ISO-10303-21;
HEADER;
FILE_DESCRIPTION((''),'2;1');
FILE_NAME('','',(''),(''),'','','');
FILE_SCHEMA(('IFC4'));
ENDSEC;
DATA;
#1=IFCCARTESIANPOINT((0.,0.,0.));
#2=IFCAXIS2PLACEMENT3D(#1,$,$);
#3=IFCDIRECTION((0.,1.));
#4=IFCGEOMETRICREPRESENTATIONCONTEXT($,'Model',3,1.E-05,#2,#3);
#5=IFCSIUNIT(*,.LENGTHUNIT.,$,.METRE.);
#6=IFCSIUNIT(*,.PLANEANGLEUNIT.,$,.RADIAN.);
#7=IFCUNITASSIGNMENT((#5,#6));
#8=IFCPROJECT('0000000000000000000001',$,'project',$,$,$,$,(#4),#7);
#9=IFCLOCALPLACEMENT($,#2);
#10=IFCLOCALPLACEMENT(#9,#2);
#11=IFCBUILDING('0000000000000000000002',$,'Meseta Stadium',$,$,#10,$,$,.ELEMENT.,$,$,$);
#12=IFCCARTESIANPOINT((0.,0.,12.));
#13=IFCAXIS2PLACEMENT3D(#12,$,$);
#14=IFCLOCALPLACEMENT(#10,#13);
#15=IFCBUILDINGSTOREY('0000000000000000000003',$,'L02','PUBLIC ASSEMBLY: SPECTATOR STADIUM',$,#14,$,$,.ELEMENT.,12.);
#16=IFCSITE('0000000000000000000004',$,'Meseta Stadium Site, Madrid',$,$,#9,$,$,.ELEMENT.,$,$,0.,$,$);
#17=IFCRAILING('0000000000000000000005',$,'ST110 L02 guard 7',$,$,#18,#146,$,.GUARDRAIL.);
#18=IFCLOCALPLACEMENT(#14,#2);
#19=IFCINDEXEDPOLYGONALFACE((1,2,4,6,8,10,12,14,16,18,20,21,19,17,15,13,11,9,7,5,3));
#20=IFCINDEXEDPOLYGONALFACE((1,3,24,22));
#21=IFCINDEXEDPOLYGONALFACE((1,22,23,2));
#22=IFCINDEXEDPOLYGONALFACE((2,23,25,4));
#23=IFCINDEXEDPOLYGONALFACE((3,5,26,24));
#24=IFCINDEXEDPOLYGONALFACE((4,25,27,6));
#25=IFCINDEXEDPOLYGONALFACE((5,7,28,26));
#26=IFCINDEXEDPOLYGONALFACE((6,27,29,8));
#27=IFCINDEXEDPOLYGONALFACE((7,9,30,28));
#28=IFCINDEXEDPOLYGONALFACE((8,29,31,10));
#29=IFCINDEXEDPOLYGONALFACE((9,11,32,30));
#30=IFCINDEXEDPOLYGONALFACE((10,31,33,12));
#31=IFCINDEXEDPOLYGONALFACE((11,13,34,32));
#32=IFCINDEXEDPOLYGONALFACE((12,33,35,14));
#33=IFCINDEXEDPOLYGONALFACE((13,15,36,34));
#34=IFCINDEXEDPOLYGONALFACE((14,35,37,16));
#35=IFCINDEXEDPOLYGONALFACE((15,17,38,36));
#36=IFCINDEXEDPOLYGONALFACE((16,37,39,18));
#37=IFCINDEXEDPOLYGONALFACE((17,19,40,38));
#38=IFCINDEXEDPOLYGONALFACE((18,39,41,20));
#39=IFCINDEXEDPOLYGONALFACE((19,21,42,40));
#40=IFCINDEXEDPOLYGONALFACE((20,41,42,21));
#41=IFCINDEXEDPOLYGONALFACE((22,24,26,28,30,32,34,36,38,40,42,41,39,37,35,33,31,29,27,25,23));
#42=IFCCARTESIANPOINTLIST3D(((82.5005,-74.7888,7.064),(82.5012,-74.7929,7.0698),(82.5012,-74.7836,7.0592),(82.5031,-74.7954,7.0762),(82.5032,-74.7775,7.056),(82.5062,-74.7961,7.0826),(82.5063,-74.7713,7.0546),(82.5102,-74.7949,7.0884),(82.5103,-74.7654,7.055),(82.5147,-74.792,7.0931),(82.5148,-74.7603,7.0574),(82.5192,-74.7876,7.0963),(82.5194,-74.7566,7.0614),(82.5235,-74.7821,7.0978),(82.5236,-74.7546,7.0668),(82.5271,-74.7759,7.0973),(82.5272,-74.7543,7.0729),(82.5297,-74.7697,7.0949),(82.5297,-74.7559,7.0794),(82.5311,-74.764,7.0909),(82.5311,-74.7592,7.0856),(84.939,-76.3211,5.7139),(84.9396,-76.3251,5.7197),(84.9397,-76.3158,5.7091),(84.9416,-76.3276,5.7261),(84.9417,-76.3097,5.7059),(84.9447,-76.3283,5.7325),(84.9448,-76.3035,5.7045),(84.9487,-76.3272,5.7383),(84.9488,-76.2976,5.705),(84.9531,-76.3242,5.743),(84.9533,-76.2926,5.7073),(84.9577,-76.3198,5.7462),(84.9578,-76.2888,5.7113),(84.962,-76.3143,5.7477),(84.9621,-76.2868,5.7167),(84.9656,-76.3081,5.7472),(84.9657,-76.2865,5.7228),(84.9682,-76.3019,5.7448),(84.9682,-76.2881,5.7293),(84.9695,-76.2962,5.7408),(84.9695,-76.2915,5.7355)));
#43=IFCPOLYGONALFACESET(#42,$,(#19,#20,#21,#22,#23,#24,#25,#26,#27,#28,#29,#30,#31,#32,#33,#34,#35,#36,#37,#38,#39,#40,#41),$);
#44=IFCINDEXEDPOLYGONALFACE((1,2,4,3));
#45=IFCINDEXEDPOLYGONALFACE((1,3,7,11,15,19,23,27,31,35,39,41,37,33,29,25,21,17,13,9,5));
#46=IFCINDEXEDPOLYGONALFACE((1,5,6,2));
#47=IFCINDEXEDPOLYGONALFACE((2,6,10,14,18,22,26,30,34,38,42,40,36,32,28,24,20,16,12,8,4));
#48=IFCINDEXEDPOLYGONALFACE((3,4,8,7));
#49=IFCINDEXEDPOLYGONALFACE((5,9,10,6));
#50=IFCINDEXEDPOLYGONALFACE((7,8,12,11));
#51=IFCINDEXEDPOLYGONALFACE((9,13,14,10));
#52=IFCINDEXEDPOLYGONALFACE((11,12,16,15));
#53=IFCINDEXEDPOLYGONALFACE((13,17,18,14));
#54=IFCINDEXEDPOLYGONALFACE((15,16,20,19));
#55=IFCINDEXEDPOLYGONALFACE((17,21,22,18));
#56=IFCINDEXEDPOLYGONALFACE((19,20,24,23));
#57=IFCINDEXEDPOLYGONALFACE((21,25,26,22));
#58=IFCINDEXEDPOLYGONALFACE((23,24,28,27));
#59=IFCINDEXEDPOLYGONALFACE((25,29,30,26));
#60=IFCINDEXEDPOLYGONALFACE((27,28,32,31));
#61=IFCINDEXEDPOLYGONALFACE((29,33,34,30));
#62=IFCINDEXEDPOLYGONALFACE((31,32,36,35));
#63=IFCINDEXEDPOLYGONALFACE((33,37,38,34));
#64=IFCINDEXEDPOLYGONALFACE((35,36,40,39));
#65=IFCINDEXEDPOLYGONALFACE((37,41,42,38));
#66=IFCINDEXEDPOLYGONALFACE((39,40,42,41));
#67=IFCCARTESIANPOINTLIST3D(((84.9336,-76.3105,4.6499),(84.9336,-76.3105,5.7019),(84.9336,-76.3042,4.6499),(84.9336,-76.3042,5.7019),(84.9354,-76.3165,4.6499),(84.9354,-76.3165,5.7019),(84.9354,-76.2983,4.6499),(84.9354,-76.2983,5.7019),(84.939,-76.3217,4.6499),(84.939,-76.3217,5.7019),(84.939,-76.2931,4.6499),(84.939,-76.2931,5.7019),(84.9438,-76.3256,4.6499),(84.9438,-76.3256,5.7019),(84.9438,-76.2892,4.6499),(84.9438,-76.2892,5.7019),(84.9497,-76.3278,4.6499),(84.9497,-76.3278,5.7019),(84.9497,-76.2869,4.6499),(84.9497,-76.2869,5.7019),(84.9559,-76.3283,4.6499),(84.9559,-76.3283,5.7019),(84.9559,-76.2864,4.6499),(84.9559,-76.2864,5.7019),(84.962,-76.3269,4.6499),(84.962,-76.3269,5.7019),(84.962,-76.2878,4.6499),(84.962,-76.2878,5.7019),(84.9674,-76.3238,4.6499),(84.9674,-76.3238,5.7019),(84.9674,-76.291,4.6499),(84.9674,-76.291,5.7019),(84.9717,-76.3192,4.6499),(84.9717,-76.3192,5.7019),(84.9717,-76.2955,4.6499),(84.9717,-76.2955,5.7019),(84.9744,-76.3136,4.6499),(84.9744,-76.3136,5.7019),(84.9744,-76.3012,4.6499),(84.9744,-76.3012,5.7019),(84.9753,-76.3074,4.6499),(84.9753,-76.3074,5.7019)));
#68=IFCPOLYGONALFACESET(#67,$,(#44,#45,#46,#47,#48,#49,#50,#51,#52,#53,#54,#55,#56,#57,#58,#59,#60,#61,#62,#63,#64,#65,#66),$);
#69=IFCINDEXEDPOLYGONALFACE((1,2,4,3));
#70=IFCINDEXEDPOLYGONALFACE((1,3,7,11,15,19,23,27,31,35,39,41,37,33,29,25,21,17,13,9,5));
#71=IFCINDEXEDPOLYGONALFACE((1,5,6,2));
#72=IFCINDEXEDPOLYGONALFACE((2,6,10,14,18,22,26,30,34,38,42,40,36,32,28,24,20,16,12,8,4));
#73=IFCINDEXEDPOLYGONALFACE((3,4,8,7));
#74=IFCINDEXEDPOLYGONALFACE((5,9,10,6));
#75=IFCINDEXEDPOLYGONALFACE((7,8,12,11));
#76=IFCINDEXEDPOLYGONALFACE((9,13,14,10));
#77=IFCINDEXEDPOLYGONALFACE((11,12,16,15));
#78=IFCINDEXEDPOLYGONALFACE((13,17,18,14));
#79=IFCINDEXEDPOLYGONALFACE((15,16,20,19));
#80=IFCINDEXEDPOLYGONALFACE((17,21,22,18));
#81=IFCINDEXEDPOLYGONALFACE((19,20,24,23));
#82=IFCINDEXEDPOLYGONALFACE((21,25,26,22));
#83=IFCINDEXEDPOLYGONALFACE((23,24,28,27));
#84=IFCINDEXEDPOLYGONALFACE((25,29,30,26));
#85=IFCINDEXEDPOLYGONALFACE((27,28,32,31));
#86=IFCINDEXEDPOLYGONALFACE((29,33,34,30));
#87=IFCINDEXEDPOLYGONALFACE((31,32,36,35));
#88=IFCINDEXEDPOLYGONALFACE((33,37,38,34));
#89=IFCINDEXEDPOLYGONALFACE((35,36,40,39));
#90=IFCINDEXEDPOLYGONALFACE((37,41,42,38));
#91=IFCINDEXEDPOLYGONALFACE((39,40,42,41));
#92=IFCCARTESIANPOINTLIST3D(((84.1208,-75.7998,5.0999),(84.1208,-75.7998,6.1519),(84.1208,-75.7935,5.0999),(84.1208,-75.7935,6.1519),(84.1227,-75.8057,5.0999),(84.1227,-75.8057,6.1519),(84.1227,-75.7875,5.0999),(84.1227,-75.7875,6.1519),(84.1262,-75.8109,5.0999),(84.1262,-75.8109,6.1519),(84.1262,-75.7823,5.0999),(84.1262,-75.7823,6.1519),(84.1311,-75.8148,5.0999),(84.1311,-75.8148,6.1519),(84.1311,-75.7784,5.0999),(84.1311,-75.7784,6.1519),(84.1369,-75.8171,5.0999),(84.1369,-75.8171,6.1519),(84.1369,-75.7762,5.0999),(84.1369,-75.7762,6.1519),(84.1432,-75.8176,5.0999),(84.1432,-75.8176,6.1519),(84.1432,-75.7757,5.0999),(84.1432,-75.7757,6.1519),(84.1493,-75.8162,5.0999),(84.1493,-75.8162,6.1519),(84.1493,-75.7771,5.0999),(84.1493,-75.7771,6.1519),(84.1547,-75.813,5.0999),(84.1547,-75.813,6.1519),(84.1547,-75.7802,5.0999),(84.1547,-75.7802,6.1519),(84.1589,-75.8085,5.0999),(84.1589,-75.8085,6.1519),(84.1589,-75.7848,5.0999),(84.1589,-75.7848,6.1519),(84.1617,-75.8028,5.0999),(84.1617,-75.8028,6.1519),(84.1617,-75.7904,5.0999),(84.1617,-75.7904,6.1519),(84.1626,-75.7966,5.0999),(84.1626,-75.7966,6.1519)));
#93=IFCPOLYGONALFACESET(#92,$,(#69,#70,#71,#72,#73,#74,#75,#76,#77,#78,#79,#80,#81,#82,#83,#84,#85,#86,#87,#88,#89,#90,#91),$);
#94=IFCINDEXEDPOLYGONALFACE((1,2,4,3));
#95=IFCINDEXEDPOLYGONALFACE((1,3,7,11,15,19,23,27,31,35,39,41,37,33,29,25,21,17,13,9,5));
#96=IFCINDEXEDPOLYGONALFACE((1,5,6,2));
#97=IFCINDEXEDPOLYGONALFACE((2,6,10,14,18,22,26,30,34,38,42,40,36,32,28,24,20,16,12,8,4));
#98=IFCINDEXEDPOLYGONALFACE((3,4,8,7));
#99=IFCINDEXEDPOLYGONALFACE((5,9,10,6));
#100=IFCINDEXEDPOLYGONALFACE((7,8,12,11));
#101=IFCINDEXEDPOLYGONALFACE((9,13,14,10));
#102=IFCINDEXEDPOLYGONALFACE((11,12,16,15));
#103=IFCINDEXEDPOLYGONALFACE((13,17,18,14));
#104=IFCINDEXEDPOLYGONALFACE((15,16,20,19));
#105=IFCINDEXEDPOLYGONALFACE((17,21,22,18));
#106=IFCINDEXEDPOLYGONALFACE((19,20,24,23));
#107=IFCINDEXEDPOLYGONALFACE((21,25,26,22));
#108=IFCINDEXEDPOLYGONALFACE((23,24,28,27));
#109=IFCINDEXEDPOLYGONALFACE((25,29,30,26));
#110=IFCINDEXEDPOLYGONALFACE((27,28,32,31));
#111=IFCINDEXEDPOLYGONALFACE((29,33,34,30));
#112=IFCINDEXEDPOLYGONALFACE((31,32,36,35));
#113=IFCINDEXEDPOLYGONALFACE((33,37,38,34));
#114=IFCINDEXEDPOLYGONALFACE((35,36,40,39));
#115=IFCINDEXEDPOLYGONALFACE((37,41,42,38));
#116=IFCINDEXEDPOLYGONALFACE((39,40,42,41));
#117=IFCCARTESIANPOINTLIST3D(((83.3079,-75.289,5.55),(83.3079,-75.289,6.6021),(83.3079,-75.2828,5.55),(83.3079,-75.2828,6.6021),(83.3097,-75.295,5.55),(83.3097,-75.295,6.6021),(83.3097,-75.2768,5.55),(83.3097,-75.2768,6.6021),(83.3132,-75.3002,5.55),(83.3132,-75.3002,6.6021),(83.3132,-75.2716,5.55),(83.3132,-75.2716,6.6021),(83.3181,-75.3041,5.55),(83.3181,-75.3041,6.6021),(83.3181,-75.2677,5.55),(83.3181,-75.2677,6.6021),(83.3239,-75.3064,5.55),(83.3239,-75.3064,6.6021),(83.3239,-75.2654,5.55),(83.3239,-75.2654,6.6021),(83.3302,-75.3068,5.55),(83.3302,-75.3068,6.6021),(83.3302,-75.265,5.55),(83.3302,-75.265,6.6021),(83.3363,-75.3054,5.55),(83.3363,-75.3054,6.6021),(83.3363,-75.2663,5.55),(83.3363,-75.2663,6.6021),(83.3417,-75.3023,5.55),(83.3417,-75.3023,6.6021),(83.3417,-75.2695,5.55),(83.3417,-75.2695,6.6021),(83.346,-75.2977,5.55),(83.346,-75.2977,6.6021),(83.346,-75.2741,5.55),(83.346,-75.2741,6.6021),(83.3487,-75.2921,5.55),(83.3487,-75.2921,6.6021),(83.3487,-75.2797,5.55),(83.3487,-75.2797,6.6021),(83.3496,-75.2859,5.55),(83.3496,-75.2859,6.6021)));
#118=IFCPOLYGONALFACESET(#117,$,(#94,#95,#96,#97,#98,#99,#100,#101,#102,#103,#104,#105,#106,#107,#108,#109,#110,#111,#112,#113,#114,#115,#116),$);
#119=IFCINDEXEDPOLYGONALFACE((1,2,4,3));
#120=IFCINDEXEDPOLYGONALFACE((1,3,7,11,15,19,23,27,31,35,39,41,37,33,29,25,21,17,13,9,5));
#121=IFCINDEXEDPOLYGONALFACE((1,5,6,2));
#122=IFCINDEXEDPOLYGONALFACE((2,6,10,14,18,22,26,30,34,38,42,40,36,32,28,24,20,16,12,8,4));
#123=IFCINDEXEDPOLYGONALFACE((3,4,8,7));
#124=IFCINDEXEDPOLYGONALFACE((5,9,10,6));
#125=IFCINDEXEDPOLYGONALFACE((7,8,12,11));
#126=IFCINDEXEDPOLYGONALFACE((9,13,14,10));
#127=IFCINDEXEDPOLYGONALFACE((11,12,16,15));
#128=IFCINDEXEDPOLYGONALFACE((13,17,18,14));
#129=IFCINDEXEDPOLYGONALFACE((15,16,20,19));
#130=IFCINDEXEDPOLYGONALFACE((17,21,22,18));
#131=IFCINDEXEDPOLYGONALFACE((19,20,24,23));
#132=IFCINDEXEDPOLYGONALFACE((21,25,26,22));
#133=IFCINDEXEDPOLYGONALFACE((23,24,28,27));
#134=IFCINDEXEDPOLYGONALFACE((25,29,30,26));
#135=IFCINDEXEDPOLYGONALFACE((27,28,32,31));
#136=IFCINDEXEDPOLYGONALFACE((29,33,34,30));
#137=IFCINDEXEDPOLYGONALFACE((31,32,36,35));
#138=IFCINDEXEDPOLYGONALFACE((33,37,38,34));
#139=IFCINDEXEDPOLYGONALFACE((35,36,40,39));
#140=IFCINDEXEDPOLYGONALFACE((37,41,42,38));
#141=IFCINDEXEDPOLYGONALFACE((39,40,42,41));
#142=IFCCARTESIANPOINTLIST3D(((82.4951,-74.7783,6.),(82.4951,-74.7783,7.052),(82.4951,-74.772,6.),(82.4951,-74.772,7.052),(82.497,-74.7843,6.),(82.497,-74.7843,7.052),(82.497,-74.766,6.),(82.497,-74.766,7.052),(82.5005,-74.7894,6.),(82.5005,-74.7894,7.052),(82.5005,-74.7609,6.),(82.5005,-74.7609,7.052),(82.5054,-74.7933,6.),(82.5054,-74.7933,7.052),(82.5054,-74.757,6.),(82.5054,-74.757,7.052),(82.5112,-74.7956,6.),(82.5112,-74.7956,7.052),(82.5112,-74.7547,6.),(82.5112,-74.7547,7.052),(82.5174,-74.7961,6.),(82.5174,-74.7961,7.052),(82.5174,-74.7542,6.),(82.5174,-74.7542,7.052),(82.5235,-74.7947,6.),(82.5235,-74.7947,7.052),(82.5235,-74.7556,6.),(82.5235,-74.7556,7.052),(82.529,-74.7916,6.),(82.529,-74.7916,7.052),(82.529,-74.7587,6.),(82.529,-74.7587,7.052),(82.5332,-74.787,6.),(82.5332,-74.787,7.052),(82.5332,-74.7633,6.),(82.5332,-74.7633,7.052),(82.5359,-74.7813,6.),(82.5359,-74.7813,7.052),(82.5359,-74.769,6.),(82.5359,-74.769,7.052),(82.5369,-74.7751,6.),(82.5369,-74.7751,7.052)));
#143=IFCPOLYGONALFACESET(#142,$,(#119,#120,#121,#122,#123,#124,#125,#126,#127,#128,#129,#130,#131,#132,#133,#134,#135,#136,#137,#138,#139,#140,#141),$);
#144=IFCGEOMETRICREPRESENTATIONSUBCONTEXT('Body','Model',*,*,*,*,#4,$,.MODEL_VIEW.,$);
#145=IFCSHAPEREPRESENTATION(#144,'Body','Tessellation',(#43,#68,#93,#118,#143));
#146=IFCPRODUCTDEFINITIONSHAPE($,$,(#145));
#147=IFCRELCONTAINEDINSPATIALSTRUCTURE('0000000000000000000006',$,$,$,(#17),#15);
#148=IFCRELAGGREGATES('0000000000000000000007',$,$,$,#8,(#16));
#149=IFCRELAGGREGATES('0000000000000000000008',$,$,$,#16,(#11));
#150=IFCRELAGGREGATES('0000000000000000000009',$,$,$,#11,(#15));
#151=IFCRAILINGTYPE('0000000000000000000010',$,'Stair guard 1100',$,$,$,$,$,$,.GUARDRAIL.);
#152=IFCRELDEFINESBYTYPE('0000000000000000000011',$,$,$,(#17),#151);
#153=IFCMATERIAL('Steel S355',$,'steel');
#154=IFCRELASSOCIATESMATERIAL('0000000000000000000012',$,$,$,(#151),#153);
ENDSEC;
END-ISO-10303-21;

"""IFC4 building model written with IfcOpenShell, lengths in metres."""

from ifc_helpers import new_model, si_unit, direction, frame, origin, origin_2d, place, context, subcontext, project, spatial, circle, extrude, material, type_object, element, save


model = new_model("IFC4")

# Units and contexts
model_context = context("Model", 3, precision=1e-05, world=origin(), true_north=direction((0.0, 1.0)))
body_context = subcontext(model_context, "Body", "Model", "MODEL_VIEW")
ifc_project = project(units=[si_unit("LENGTHUNIT", "METRE"), si_unit("PLANEANGLEUNIT", "RADIAN")], contexts=[model_context])

# Site, building, storey
site_placement = place(None, origin())
site = spatial("IfcSite", under=ifc_project, at=site_placement, Name="Meseta Stadium Site, Madrid", CompositionType="ELEMENT", RefElevation=0.0)
building_placement = place(site_placement, origin())
building = spatial("IfcBuilding", under=site, at=building_placement, Name="Meseta Stadium", CompositionType="ELEMENT")
storey_placement = place(building_placement, frame((0.0, 0.0, 12.0)))
storey = spatial("IfcBuildingStorey", under=building, at=storey_placement, Name="L02", Description="PUBLIC ASSEMBLY: SPECTATOR STADIUM", CompositionType="ELEMENT", Elevation=12.0)

# Railing
ifc_material_1 = material(Name="Steel S355", Category="steel")
railing_type_1 = type_object("IfcRailingType", Name="Stair guard 1100", PredefinedType="GUARDRAIL", material=ifc_material_1)
railing_1_placement = place(storey_placement, frame((84.9543, -76.3074, 4.6499)))
element("IfcRailing", 1, at=railing_1_placement, inside=storey, type_object=railing_type_1, Name="ST110 L02 guard 7", PredefinedType="GUARDRAIL", context=body_context, shape_type="SweptSolid", body=[
    extrude(circle(Radius=0.0239, at=origin_2d()), frame((0.0, 0.0, 1.0762), z_axis=(-0.766655, 0.481731, 0.42447), x_axis=(-0.53204, -0.846719, 0.0)), (0.0, 0.0, 1.0), 3.1807),
    extrude(circle(Radius=0.021, at=origin_2d()), origin(), (0.0, 0.0, 1.0), 1.052),
    extrude(circle(Radius=0.021, at=origin_2d()), frame((-0.8127, 0.5107, 0.45)), (0.0, 0.0, 1.0), 1.052),
    extrude(circle(Radius=0.021, at=origin_2d()), frame((-1.6257, 1.0215, 0.9001)), (0.0, 0.0, 1.0), 1.052),
    extrude(circle(Radius=0.021, at=origin_2d()), frame((-2.4385, 1.5322, 1.3501)), (0.0, 0.0, 1.0), 1.052),
])

save(model, "model.ifc")
